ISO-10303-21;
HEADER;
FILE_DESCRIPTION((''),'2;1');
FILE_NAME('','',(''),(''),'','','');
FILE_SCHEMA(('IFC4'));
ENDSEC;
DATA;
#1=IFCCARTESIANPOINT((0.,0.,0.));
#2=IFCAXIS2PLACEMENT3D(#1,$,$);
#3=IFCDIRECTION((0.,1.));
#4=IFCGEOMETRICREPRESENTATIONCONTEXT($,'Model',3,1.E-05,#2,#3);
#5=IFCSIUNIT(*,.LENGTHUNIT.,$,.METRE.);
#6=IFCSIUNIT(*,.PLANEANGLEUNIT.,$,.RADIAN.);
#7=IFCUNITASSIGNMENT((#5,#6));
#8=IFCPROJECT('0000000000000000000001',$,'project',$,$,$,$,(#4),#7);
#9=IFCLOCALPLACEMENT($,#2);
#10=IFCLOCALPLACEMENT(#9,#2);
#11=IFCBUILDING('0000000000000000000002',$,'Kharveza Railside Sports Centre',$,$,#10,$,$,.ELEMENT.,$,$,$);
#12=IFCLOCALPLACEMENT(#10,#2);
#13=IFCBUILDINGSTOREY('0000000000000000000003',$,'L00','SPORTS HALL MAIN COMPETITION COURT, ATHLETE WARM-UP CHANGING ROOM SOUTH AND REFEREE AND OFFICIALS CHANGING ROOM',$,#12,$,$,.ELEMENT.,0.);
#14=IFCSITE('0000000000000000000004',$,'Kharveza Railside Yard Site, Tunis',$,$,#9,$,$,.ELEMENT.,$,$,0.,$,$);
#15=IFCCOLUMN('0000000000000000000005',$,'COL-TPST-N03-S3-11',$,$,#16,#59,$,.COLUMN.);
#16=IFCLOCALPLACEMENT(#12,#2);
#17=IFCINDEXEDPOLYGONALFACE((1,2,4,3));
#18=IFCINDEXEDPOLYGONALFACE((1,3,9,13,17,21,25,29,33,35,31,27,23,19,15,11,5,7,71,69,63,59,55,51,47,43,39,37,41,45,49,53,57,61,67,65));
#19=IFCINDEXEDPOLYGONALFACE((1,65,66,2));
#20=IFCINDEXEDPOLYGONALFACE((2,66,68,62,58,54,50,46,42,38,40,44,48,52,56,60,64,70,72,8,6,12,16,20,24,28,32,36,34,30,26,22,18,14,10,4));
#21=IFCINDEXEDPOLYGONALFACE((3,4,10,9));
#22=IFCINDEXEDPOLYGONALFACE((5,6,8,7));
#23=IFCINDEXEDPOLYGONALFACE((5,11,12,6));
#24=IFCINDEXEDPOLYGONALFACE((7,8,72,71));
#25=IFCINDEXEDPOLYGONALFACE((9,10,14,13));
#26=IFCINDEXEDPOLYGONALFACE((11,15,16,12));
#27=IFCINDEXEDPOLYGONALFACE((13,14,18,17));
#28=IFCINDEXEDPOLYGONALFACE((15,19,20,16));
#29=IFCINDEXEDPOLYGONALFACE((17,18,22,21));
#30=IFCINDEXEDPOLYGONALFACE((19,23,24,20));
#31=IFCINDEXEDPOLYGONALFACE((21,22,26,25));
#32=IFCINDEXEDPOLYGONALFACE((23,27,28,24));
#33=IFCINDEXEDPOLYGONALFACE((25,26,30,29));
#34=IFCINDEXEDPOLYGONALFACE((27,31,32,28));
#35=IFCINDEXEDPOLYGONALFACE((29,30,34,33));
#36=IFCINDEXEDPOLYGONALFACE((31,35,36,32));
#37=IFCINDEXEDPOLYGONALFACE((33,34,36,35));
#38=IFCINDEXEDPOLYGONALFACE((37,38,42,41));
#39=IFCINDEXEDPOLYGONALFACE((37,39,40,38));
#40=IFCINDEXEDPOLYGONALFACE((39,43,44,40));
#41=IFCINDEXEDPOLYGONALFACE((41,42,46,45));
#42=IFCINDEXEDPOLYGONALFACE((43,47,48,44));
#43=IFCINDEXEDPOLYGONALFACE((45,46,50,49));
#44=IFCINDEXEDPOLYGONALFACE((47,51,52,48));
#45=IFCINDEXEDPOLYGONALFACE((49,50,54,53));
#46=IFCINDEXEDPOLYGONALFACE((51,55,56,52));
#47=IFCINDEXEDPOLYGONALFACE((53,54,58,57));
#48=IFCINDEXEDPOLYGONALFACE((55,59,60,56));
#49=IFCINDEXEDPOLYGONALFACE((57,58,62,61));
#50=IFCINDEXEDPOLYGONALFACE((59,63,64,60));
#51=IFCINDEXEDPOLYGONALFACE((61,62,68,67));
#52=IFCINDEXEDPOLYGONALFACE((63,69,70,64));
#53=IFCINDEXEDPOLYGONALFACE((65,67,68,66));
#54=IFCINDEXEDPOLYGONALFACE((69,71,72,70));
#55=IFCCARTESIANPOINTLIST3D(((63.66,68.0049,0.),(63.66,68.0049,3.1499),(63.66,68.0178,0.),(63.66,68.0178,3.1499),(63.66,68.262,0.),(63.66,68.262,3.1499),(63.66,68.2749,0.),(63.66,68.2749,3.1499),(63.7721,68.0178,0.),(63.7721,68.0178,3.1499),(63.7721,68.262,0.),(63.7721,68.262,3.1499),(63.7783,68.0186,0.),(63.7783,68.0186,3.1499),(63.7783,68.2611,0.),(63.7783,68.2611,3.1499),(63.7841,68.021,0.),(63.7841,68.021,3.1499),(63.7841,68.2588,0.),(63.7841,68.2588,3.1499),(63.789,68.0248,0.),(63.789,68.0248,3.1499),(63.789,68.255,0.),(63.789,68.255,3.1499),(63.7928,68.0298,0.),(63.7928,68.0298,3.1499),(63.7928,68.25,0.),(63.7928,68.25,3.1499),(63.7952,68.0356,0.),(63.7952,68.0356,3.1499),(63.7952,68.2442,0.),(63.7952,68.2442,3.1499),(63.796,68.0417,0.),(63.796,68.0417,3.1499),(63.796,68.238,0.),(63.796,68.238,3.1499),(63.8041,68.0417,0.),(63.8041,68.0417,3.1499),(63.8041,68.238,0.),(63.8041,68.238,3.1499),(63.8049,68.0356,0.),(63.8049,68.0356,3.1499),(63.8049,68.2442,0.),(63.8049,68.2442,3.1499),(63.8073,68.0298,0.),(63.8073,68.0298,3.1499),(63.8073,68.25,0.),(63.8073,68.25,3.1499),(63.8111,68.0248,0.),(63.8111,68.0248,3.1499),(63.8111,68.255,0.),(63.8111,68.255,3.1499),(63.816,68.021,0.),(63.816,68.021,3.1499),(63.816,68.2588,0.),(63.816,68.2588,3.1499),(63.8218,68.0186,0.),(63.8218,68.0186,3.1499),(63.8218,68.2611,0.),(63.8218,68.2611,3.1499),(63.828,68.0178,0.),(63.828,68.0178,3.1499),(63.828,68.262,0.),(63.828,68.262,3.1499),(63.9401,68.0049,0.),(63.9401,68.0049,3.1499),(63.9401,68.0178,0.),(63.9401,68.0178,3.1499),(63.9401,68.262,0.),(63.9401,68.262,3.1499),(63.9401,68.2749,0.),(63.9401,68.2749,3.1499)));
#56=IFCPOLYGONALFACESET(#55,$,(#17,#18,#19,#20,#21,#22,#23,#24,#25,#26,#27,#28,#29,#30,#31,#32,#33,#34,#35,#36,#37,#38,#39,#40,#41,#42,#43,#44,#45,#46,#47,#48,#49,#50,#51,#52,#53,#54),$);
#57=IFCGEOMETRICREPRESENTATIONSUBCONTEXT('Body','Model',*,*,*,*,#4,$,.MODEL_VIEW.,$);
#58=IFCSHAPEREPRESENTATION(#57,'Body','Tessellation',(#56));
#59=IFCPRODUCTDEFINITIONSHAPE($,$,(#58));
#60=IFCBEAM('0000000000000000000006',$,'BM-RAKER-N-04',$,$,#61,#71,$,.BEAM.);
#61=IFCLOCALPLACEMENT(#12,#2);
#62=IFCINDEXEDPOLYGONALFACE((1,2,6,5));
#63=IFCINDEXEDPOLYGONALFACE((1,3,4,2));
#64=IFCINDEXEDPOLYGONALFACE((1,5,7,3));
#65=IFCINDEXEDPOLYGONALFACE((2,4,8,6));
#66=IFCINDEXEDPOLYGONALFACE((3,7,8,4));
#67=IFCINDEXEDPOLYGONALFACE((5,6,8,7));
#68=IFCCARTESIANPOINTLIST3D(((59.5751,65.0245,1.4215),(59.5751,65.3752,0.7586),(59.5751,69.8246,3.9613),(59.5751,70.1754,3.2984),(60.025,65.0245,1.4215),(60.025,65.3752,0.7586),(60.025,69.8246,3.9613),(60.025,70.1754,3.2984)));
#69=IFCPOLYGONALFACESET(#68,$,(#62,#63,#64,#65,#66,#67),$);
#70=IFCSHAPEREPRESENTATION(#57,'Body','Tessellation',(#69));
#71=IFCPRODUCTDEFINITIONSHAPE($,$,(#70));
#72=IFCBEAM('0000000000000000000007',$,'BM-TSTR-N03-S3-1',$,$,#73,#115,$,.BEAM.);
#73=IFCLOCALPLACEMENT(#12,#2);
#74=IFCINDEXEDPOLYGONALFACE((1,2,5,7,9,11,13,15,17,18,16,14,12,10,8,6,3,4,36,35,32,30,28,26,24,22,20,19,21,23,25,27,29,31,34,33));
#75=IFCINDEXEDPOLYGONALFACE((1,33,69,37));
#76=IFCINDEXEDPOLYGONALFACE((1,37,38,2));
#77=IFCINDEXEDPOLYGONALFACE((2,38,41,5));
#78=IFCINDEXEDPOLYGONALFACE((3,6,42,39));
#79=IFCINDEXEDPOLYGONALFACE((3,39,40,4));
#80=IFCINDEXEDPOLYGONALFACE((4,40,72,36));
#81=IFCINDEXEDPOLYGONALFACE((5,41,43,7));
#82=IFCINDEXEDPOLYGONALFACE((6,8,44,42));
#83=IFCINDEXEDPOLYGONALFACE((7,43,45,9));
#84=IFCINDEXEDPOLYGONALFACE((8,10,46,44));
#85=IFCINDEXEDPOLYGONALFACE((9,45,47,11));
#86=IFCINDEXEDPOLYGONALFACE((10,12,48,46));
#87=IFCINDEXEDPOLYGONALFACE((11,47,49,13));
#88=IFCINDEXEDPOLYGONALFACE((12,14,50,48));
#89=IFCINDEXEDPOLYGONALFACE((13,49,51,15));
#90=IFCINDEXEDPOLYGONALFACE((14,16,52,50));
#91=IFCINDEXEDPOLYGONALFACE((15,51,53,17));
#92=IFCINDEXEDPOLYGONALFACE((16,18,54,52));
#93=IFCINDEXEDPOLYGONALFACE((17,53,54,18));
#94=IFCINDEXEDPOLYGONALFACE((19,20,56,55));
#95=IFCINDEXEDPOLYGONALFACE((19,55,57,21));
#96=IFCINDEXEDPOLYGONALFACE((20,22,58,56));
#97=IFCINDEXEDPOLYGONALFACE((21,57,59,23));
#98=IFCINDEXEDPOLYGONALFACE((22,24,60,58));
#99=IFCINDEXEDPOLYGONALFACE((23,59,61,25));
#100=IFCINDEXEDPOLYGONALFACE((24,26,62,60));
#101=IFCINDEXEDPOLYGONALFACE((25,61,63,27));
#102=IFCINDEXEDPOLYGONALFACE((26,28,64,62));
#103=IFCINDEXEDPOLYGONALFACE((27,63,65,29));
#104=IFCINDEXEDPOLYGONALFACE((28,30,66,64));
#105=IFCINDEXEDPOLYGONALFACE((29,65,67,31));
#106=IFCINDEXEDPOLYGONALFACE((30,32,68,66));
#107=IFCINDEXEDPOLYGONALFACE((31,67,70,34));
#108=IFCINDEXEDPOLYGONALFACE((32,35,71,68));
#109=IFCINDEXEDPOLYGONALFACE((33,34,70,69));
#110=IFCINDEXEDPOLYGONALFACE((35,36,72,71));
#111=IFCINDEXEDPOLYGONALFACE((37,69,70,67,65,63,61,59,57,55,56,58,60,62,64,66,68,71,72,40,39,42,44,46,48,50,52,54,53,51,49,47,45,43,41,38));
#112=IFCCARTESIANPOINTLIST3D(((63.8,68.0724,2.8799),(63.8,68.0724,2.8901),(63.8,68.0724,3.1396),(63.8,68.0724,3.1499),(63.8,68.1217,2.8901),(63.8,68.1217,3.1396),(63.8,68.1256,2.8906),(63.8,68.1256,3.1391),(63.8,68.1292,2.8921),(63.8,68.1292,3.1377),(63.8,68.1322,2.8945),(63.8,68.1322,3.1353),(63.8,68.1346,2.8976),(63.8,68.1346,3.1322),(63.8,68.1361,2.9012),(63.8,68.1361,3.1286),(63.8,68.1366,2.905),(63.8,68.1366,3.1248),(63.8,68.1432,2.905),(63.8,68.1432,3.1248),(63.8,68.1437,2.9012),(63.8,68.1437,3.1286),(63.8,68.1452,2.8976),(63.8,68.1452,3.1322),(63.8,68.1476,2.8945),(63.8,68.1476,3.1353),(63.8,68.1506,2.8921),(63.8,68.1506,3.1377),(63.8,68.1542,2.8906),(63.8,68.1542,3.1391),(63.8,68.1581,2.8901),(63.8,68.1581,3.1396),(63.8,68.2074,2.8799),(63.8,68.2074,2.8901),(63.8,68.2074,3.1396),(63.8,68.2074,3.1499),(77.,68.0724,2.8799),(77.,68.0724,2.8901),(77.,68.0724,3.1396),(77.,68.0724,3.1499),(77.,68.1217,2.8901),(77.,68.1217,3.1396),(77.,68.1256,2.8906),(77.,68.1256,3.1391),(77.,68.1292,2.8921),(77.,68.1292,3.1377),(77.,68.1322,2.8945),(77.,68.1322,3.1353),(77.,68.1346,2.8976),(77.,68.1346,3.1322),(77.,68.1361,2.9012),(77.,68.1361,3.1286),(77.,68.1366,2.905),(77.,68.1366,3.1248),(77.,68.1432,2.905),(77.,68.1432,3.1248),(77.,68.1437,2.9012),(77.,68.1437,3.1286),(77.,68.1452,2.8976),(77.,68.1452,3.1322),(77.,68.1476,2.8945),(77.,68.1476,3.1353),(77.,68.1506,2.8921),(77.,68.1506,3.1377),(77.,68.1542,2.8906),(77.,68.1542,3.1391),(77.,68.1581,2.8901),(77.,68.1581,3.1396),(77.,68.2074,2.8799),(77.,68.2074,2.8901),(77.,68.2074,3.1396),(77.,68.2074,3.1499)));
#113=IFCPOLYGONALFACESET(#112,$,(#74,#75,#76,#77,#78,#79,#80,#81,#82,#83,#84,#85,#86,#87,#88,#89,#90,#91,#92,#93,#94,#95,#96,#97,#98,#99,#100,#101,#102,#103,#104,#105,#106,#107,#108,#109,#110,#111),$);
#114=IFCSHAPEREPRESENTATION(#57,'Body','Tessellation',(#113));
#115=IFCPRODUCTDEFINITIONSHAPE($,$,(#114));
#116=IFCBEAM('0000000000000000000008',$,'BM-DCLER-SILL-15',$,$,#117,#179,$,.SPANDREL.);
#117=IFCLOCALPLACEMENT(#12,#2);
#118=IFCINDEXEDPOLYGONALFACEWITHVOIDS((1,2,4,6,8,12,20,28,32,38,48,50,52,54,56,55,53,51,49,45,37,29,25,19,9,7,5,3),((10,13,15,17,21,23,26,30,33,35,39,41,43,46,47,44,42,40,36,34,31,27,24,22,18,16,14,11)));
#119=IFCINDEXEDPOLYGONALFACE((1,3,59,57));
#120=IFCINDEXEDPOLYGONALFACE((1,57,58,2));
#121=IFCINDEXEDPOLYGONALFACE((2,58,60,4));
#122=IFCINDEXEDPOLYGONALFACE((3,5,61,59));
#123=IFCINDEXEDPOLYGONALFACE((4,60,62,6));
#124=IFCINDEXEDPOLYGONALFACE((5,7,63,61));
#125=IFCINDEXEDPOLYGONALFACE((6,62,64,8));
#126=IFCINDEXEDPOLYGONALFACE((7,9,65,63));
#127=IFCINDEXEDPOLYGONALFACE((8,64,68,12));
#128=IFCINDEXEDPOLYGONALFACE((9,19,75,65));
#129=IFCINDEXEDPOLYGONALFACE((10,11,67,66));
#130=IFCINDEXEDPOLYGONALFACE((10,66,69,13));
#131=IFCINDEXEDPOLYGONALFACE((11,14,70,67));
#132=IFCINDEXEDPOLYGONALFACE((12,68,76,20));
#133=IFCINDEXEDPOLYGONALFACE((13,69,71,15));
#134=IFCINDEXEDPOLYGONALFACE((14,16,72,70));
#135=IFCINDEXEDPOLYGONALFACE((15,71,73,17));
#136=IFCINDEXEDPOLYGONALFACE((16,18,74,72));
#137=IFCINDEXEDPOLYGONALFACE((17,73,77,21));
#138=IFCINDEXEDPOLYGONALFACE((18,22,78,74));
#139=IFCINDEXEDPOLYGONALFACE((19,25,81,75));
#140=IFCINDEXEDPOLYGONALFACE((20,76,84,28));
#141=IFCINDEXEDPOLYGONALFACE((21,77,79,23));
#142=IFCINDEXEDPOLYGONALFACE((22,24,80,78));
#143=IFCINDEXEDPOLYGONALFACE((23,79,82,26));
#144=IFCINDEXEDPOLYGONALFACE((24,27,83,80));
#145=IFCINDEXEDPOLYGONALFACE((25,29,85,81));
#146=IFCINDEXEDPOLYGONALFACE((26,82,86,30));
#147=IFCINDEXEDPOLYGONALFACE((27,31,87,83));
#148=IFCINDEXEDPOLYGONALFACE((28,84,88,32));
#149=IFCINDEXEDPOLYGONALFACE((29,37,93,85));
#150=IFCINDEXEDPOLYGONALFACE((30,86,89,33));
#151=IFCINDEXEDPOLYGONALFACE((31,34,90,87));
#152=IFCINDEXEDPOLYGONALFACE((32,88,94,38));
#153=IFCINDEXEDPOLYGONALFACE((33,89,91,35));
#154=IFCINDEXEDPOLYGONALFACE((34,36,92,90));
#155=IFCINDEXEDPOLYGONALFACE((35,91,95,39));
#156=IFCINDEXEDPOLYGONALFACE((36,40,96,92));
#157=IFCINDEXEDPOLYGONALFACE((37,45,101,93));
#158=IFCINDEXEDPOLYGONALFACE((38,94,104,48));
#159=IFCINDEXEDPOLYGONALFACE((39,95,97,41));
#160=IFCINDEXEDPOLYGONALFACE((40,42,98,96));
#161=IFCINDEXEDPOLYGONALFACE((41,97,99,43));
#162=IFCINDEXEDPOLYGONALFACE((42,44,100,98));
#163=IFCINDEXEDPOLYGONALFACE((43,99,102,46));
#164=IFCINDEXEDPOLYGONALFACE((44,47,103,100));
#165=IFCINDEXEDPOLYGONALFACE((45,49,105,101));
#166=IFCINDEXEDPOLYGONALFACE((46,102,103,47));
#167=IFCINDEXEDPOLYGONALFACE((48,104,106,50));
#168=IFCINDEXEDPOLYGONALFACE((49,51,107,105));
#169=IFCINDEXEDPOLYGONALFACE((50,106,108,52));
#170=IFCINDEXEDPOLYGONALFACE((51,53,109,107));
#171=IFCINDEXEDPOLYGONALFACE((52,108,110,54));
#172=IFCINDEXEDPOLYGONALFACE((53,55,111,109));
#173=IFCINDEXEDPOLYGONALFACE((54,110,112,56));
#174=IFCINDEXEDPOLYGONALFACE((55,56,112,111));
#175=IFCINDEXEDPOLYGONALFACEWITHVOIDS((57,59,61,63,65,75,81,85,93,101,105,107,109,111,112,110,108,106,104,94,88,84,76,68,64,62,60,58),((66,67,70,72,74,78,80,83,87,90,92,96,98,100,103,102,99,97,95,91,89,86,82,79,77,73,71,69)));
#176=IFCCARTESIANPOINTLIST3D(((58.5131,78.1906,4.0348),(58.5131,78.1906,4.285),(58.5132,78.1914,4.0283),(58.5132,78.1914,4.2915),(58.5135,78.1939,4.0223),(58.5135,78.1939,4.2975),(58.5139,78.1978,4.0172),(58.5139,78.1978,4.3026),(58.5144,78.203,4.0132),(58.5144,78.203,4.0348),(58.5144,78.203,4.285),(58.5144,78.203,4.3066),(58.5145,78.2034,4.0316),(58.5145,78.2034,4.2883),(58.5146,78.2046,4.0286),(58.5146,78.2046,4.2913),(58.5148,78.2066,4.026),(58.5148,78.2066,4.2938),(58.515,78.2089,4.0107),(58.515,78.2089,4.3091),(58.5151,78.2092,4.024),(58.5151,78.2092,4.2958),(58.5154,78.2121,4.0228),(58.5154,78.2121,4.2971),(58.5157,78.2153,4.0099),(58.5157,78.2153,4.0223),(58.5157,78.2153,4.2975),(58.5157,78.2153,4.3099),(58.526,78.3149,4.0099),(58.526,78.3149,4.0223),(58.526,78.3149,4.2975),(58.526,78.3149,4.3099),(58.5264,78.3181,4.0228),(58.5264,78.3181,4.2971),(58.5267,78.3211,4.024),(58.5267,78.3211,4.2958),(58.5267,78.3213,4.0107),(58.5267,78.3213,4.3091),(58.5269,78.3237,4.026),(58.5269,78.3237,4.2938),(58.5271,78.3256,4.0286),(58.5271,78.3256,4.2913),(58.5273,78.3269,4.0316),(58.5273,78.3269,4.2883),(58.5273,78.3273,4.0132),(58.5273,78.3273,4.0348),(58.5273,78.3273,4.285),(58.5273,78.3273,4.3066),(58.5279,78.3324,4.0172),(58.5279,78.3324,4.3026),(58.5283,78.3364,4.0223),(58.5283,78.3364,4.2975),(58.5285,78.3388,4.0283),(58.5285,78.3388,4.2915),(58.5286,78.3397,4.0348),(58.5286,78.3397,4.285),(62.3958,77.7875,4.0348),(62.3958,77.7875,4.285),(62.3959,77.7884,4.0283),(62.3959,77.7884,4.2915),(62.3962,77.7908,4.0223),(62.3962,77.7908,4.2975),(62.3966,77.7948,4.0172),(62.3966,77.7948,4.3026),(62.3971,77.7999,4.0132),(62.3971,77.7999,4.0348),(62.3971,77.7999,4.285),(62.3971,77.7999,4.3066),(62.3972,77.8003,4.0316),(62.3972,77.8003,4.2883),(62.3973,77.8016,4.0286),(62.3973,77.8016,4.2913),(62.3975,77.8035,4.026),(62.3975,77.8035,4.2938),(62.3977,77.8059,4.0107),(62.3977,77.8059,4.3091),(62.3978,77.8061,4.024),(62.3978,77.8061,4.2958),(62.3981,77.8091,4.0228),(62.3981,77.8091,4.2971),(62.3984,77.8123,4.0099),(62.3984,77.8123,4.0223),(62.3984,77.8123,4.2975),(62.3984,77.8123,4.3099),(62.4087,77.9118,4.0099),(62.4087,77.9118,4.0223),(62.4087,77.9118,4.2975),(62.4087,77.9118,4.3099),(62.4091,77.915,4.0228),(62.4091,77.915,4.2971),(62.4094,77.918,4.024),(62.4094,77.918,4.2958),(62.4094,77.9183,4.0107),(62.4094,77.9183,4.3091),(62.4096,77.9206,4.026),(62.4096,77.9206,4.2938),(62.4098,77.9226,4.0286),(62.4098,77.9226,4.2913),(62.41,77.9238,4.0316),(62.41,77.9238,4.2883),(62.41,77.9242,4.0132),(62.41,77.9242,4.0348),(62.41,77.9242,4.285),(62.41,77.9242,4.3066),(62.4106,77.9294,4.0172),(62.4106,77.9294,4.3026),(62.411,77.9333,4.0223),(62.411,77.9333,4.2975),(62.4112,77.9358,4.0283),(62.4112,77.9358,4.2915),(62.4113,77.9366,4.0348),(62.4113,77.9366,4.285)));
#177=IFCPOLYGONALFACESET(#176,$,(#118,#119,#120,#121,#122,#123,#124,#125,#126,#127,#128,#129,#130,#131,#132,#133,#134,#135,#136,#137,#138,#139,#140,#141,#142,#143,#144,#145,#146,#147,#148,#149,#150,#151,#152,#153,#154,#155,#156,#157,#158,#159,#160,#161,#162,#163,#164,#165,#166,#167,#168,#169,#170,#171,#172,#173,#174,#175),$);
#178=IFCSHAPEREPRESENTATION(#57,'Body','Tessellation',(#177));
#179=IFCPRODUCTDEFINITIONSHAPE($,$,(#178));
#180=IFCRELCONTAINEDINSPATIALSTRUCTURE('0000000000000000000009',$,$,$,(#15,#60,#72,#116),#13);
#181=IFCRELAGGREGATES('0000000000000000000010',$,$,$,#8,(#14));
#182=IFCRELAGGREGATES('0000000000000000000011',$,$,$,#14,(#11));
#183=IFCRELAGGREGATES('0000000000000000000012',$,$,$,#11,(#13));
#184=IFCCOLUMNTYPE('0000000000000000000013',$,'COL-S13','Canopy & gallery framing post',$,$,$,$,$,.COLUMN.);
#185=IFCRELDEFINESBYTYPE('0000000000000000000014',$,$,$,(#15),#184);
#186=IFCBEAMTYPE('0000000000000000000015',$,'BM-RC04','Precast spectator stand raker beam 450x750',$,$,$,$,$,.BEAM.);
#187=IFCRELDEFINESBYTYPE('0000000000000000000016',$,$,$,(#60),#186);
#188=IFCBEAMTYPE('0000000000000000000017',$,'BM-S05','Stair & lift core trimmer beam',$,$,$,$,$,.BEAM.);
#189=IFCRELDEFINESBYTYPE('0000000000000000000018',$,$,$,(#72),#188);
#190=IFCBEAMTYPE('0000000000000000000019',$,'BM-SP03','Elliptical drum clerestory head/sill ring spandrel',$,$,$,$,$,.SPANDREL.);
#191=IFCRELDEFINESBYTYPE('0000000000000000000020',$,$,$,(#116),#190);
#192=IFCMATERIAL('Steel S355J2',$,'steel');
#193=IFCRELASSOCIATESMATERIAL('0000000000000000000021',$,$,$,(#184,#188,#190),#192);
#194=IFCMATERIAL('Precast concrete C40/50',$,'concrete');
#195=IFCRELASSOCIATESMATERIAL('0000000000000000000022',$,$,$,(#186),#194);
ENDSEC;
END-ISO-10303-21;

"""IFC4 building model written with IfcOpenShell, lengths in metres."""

from ifc_helpers import new_model, si_unit, direction, frame, origin, origin_2d, place, context, subcontext, project, spatial, rectangle, hollow_rectangle, i_section, extrude, material, material_profile, profile_set, type_object, element, save


model = new_model("IFC4")

# Units and contexts
model_context = context("Model", 3, precision=1e-05, world=origin(), true_north=direction((0.0, 1.0)))
body_context = subcontext(model_context, "Body", "Model", "MODEL_VIEW")
ifc_project = project(units=[si_unit("LENGTHUNIT", "METRE"), si_unit("PLANEANGLEUNIT", "RADIAN")], contexts=[model_context])

# Site, building, storey
site_placement = place(None, origin())
site = spatial("IfcSite", under=ifc_project, at=site_placement, Name="Kharveza Railside Yard Site, Tunis", CompositionType="ELEMENT", RefElevation=0.0)
building_placement = place(site_placement, origin())
building = spatial("IfcBuilding", under=site, at=building_placement, Name="Kharveza Railside Sports Centre", CompositionType="ELEMENT")
storey_placement = place(building_placement, origin())
storey = spatial("IfcBuildingStorey", under=building, at=storey_placement, Name="L00", Description="SPORTS HALL MAIN COMPETITION COURT, ATHLETE WARM-UP CHANGING ROOM SOUTH AND REFEREE AND OFFICIALS CHANGING ROOM", CompositionType="ELEMENT", Elevation=0.0)

# Column
ifc_material_1 = material(Name="Steel S355J2", Category="steel")
ifc_material_profile_1 = material_profile(ifc_material_1, i_section(OverallWidth=0.28, OverallDepth=0.27, WebThickness=0.0081, FlangeThickness=0.0129, FilletRadius=0.0239, at=origin_2d()), Name="HEA 280")
ifc_profile_set_1 = profile_set([ifc_material_profile_1], Name="Steel S355J2")
column_type_1 = type_object("IfcColumnType", Name="COL-S13", Description="Canopy & gallery framing post", PredefinedType="COLUMN", material=ifc_profile_set_1)
for number, where, z_axis, x_axis, name in (
    (1, (63.8, 68.1399, 0.0), (0.0, 0.0, 1.0), (1.0, 0.0, 0.0), "COL-TPST-N03-S3-11"),
):
    element("IfcColumn", number, at=place(storey_placement, frame(where, z_axis=z_axis, x_axis=x_axis)), inside=storey, type_object=column_type_1, Name=name, PredefinedType="COLUMN", context=body_context, shape_type="SweptSolid", body=[
        extrude(i_section(OverallWidth=0.28, OverallDepth=0.27, WebThickness=0.0081, FlangeThickness=0.0129, FilletRadius=0.0239, at=origin_2d()), origin(), (0.0, 0.0, 1.0), 3.1499),
    ])

# Beams
ifc_material_2 = material(Name="Precast concrete C40/50", Category="concrete")
ifc_material_profile_2 = material_profile(ifc_material_2, rectangle(XDim=0.45, YDim=0.75, at=origin_2d()), Name="RCB 450x750")
ifc_profile_set_2 = profile_set([ifc_material_profile_2], Name="Precast concrete C40/50")
beam_type_1 = type_object("IfcBeamType", Name="BM-RC04", Description="Precast spectator stand raker beam 450x750", PredefinedType="BEAM", material=ifc_profile_set_2)
beam_1_placement = place(storey_placement, frame((59.8, 70.0, 3.6299), z_axis=(0.0, -0.883895, -0.467685), x_axis=(1.0, 0.0, 0.0)))
element("IfcBeam", 2, at=beam_1_placement, inside=storey, type_object=beam_type_1, Name="BM-RAKER-N-04", PredefinedType="BEAM", context=body_context, shape_type="SweptSolid", body=[
    extrude(rectangle(XDim=0.45, YDim=0.75, at=origin_2d()), origin(), (0.0, 0.0, 1.0), 5.4307),
])
ifc_material_profile_3 = material_profile(ifc_material_1, i_section(OverallWidth=0.135, OverallDepth=0.27, WebThickness=0.0066, FlangeThickness=0.0103, FilletRadius=0.0149, at=origin_2d()), Name="IPE 270")
ifc_profile_set_3 = profile_set([ifc_material_profile_3], Name="Steel S355J2")
beam_type_2 = type_object("IfcBeamType", Name="BM-S05", Description="Stair & lift core trimmer beam", PredefinedType="BEAM", material=ifc_profile_set_3)
beam_2_placement = place(storey_placement, frame((63.8, 68.1399, 3.0149), z_axis=(1.0, 0.0, 0.0), x_axis=(0.0, 1.0, 0.0)))
element("IfcBeam", 3, at=beam_2_placement, inside=storey, type_object=beam_type_2, Name="BM-TSTR-N03-S3-1", PredefinedType="BEAM", context=body_context, shape_type="SweptSolid", body=[
    extrude(i_section(OverallWidth=0.135, OverallDepth=0.27, WebThickness=0.0066, FlangeThickness=0.0103, FilletRadius=0.0149, at=origin_2d()), origin(), (0.0, 0.0, 1.0), 13.2),
])
ifc_material_profile_4 = material_profile(ifc_material_1, hollow_rectangle(XDim=0.1499, YDim=0.3, WallThickness=0.0125, InnerFilletRadius=0.0125, OuterFilletRadius=0.0249, at=origin_2d()), Name="RHS 150x300x12.5")
ifc_profile_set_4 = profile_set([ifc_material_profile_4], Name="Steel S355J2")
beam_type_3 = type_object("IfcBeamType", Name="BM-SP03", Description="Elliptical drum clerestory head/sill ring spandrel", PredefinedType="SPANDREL", material=ifc_profile_set_4)
beam_3_placement = place(storey_placement, frame((62.4036, 77.8621, 4.1599), z_axis=(-0.994655, 0.103255, 0.0), x_axis=(-0.103255, -0.994655, 0.0)))
element("IfcBeam", 4, at=beam_3_placement, inside=storey, type_object=beam_type_3, Name="BM-DCLER-SILL-15", PredefinedType="SPANDREL", context=body_context, shape_type="SweptSolid", body=[
    extrude(hollow_rectangle(XDim=0.1499, YDim=0.3, WallThickness=0.0125, InnerFilletRadius=0.0125, OuterFilletRadius=0.0249, at=origin_2d()), origin(), (0.0, 0.0, 1.0), 3.9036),
])

save(model, "model.ifc")
